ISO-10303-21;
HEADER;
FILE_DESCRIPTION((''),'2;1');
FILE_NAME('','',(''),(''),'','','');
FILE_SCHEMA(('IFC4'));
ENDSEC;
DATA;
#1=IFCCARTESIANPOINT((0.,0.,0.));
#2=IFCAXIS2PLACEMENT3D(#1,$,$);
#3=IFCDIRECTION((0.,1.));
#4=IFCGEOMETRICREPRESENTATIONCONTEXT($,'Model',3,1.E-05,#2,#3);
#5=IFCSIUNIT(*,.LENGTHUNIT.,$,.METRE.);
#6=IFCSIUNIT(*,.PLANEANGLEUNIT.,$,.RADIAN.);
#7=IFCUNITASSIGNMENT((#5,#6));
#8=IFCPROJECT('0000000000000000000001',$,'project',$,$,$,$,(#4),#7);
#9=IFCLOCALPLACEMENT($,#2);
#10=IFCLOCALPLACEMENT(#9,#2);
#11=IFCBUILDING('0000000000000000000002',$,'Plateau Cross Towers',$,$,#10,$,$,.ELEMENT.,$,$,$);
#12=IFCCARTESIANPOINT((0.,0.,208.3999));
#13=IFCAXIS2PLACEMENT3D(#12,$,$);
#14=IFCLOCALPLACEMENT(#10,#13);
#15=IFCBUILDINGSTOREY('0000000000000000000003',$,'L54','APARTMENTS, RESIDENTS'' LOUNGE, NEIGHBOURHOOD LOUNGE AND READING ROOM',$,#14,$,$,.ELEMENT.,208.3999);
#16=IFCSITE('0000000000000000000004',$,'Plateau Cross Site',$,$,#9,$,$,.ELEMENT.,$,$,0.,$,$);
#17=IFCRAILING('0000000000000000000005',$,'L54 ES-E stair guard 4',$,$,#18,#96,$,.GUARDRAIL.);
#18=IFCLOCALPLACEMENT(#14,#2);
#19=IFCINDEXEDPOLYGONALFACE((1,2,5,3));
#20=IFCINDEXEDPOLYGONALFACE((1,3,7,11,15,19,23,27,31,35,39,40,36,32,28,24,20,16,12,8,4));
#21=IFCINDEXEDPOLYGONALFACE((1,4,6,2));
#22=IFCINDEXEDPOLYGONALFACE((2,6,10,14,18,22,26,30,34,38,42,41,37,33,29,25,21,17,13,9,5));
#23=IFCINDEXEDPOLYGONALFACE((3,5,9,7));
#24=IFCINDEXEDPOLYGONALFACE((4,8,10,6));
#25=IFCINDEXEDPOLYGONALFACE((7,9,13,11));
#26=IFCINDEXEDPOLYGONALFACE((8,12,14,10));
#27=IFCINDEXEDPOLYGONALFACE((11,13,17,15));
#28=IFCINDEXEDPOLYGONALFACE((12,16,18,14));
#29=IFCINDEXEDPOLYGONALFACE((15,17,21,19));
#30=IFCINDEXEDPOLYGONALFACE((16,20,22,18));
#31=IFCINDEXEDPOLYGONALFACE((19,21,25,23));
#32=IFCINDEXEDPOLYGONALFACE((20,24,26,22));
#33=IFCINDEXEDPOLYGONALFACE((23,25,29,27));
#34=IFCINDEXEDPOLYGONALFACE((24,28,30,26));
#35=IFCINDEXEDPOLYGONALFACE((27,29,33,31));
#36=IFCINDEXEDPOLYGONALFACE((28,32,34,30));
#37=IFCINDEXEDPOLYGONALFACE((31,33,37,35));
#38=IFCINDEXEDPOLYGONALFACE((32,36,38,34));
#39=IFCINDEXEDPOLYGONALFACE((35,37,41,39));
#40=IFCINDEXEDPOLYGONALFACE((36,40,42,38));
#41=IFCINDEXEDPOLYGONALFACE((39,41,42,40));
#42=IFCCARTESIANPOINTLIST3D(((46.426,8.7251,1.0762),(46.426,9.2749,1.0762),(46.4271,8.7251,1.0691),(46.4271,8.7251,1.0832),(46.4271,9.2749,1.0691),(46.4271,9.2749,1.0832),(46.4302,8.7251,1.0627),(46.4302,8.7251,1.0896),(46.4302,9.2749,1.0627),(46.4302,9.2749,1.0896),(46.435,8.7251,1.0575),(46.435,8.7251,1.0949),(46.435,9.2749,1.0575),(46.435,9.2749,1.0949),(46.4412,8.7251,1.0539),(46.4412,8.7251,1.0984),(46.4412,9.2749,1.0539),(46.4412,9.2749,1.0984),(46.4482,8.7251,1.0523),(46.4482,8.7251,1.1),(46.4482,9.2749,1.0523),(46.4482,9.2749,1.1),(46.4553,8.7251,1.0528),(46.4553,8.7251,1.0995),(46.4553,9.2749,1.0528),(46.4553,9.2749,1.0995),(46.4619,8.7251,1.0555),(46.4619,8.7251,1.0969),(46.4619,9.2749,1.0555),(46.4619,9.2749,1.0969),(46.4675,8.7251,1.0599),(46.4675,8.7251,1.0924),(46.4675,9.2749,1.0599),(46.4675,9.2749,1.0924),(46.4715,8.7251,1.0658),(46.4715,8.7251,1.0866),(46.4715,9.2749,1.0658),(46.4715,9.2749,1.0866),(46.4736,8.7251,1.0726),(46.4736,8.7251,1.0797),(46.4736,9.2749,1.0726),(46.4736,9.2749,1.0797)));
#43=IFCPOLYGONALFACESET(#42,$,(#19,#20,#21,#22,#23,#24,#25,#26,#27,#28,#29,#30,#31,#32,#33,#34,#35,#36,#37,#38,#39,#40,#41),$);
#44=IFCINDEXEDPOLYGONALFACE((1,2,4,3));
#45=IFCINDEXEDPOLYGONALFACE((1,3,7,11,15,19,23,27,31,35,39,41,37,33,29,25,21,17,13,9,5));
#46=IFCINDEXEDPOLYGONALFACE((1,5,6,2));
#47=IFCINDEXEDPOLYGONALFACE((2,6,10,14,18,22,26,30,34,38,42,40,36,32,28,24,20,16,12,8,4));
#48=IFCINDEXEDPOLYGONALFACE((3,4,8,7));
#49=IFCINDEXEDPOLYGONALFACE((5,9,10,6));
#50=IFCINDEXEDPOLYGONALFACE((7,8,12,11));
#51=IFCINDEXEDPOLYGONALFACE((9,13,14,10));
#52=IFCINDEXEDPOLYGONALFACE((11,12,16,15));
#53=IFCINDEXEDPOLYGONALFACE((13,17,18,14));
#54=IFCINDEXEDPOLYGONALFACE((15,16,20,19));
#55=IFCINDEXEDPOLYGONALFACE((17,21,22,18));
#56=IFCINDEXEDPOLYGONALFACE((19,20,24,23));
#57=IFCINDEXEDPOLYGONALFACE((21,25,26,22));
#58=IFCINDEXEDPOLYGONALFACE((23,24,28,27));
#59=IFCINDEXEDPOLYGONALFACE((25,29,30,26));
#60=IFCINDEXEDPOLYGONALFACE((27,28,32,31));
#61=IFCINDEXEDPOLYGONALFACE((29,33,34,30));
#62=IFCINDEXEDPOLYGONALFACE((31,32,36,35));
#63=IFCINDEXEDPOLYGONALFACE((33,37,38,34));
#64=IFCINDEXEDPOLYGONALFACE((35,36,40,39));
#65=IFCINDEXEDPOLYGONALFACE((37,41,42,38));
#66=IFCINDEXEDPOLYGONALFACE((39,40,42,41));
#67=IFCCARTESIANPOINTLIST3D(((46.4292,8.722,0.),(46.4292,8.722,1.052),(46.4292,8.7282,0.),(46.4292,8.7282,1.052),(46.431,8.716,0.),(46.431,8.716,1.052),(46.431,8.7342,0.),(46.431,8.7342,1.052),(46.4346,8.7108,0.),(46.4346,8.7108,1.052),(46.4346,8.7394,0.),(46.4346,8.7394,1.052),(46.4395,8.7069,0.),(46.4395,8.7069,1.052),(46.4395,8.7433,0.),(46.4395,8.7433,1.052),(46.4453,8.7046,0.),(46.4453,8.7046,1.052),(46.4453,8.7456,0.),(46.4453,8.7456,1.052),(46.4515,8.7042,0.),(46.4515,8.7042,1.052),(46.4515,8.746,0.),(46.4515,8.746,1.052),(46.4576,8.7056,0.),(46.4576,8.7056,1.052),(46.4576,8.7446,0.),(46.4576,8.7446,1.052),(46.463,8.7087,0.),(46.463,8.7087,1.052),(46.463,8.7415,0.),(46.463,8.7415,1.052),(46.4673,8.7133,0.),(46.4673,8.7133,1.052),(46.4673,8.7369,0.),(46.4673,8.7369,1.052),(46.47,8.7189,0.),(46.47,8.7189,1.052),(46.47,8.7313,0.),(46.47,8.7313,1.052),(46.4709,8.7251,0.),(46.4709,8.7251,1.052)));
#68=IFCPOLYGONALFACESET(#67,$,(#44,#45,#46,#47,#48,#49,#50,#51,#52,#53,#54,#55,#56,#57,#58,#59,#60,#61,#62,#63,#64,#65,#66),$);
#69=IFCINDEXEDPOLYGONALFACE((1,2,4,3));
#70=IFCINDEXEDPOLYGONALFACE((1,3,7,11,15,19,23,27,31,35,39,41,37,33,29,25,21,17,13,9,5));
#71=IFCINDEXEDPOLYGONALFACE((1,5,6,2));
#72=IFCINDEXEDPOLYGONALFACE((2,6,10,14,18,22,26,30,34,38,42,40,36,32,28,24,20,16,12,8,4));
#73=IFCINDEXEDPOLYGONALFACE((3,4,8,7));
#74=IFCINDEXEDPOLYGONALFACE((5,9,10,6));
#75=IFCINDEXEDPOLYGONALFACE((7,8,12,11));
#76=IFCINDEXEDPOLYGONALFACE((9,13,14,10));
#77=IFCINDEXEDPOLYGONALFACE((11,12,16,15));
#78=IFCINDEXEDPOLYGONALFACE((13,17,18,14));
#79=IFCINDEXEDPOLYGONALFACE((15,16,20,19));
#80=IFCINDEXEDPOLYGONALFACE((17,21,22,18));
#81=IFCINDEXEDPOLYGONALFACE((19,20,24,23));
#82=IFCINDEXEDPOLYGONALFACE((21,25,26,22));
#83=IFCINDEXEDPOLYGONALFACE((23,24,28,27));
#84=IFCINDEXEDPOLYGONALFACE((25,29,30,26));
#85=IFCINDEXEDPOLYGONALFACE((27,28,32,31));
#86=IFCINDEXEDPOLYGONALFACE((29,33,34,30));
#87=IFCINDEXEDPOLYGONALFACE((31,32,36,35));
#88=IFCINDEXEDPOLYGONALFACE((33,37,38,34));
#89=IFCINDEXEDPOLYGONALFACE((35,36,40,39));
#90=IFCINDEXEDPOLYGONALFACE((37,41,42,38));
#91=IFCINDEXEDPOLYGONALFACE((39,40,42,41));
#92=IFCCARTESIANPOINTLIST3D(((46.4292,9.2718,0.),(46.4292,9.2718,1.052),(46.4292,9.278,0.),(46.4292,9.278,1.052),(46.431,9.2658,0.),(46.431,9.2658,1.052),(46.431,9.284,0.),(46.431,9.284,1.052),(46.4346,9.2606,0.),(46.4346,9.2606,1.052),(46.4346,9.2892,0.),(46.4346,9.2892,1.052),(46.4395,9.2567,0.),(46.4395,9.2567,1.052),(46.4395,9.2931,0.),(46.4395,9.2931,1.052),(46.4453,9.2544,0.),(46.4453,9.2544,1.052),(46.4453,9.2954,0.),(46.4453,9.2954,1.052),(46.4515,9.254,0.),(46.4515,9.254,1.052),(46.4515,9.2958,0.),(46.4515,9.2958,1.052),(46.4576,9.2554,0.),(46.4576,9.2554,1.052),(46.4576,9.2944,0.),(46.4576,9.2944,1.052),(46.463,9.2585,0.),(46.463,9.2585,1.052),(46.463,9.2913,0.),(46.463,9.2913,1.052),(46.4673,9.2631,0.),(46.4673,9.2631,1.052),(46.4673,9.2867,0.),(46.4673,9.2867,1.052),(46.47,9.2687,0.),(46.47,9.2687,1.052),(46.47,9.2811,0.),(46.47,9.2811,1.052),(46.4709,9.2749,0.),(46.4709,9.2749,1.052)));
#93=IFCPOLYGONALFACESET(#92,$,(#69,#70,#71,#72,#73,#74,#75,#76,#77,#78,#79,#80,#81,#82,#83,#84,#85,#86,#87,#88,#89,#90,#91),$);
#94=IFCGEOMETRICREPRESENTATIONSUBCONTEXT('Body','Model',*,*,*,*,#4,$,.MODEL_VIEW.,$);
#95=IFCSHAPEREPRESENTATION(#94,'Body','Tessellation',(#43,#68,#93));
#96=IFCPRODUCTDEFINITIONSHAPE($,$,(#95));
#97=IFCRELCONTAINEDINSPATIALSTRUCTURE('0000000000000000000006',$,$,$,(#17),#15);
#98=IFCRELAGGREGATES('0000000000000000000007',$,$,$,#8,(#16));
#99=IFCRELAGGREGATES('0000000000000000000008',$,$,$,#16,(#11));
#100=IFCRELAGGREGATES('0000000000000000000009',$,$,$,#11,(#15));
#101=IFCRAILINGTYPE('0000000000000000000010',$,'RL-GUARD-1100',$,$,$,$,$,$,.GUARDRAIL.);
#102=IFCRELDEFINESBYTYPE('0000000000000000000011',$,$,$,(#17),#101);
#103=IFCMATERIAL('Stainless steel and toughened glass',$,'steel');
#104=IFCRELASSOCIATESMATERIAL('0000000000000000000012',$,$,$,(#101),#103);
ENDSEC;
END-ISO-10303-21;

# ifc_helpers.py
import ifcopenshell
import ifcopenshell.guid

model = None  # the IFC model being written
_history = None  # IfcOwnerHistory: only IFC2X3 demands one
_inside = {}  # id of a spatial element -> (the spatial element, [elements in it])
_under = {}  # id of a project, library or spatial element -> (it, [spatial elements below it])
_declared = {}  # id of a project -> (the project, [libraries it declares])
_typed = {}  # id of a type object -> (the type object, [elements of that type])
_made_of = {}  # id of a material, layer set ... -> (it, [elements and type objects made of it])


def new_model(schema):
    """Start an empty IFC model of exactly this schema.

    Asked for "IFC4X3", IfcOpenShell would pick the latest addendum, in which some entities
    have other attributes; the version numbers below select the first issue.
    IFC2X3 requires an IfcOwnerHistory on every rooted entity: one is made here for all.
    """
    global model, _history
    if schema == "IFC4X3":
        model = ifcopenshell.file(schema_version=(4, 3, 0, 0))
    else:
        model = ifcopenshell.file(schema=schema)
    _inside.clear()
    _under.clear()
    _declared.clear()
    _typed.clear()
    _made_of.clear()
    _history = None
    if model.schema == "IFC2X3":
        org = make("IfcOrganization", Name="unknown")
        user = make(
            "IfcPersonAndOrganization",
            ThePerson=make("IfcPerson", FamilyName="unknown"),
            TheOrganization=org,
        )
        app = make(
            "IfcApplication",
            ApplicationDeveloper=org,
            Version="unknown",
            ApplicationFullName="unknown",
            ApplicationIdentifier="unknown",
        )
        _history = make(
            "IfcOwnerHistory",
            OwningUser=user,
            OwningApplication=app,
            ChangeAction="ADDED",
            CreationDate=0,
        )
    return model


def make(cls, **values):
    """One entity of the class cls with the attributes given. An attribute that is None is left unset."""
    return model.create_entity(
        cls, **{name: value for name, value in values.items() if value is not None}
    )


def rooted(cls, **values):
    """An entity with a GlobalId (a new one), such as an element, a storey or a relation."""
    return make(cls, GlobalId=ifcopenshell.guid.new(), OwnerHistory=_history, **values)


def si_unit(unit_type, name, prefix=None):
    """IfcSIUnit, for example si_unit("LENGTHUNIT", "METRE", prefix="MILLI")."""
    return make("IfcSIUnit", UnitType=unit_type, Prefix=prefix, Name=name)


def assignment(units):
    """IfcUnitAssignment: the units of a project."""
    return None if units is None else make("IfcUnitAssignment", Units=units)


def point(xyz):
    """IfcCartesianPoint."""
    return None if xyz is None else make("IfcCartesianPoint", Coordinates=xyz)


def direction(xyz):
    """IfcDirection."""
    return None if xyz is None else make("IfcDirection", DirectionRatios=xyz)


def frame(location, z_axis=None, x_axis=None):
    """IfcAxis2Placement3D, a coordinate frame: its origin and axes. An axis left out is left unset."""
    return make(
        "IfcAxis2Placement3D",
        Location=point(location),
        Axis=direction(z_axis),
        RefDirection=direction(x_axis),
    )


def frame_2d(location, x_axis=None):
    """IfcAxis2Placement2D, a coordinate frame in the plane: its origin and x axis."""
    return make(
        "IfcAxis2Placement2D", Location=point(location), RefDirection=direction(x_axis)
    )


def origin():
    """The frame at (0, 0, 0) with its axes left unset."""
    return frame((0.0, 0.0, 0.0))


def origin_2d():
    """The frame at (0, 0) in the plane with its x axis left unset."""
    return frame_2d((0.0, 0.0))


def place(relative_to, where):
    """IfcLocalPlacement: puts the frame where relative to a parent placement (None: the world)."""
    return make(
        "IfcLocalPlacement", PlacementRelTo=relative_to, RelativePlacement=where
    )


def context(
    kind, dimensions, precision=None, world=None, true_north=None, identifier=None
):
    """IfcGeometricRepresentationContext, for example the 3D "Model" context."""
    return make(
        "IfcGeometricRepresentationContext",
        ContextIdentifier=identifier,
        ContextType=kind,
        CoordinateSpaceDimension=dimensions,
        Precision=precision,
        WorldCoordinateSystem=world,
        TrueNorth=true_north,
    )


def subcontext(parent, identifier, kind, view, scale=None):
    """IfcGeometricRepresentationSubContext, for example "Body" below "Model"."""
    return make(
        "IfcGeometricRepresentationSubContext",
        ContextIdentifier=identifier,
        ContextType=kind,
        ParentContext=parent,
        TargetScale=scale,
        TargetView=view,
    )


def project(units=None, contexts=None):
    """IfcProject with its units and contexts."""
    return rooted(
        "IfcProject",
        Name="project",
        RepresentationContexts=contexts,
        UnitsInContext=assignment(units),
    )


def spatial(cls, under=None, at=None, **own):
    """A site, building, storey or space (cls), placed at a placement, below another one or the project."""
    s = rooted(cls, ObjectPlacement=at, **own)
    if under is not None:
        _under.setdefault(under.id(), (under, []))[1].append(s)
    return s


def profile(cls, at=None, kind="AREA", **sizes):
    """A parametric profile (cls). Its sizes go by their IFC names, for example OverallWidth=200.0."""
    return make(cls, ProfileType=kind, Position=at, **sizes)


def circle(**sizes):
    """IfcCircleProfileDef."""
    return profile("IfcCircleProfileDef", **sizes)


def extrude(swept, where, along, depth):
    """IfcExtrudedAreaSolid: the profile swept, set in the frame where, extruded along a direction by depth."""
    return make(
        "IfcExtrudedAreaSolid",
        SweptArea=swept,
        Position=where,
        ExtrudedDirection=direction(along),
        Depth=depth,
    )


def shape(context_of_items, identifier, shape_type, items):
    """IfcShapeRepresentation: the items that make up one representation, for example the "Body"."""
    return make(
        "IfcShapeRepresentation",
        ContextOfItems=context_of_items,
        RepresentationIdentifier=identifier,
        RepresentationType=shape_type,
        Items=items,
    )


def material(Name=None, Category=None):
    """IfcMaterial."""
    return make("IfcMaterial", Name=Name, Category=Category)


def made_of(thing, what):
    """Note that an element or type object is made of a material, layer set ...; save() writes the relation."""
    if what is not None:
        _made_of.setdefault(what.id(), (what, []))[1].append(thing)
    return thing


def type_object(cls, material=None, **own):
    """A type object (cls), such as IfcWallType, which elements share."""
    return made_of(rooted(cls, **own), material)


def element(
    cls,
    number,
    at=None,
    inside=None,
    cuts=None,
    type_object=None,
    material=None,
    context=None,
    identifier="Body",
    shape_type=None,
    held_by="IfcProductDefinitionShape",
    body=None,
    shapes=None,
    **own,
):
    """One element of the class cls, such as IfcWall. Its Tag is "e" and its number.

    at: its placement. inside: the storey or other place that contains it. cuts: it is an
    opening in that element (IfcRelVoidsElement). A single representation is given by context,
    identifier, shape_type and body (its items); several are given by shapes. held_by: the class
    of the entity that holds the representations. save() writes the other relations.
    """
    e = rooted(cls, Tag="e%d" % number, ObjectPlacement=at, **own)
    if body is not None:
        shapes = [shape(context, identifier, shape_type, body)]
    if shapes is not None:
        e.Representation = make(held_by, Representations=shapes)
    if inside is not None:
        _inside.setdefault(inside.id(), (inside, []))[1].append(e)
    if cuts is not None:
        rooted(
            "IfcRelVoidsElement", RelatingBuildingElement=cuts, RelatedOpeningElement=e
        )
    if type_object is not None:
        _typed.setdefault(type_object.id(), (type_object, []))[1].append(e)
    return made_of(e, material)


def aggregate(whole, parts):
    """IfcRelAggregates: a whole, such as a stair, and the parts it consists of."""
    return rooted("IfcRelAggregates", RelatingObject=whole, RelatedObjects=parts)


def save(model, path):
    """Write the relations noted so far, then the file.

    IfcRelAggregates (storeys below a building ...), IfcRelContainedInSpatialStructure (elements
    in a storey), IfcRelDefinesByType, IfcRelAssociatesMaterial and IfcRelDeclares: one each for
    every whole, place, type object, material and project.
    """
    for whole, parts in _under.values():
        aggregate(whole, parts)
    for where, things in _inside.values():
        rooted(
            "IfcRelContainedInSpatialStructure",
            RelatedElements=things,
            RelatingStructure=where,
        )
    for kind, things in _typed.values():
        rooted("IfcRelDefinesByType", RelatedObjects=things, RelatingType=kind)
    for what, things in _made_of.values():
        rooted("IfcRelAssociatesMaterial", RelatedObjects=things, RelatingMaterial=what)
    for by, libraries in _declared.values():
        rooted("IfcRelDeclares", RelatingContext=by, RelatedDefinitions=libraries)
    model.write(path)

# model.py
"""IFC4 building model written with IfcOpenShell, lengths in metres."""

from ifc_helpers import new_model, si_unit, direction, frame, origin, origin_2d, place, context, subcontext, project, spatial, circle, extrude, material, type_object, element, save


model = new_model("IFC4")

# Units and contexts
model_context = context("Model", 3, precision=1e-05, world=origin(), true_north=direction((0.0, 1.0)))
body_context = subcontext(model_context, "Body", "Model", "MODEL_VIEW")
ifc_project = project(units=[si_unit("LENGTHUNIT", "METRE"), si_unit("PLANEANGLEUNIT", "RADIAN")], contexts=[model_context])

# Site, building, storey
site_placement = place(None, origin())
site = spatial("IfcSite", under=ifc_project, at=site_placement, Name="Plateau Cross Site", CompositionType="ELEMENT", RefElevation=0.0)
building_placement = place(site_placement, origin())
building = spatial("IfcBuilding", under=site, at=building_placement, Name="Plateau Cross Towers", CompositionType="ELEMENT")
storey_placement = place(building_placement, frame((0.0, 0.0, 208.3999)))
storey = spatial("IfcBuildingStorey", under=building, at=storey_placement, Name="L54", Description="APARTMENTS, RESIDENTS' LOUNGE, NEIGHBOURHOOD LOUNGE AND READING ROOM", CompositionType="ELEMENT", Elevation=208.3999)

# Railing
ifc_material_1 = material(Name="Stainless steel and toughened glass", Category="steel")
railing_type_1 = type_object("IfcRailingType", Name="RL-GUARD-1100", PredefinedType="GUARDRAIL", material=ifc_material_1)
railing_1_placement = place(storey_placement, frame((46.45, 8.7251, 0.0)))
element("IfcRailing", 1, at=railing_1_placement, inside=storey, type_object=railing_type_1, Name="L54 ES-E stair guard 4", PredefinedType="GUARDRAIL", context=body_context, shape_type="SweptSolid", body=[
    extrude(circle(Radius=0.0239, at=origin_2d()), frame((0.0, 0.0, 1.0762), z_axis=(0.0, 1.0, 0.0), x_axis=(-1.0, 0.0, 0.0)), (0.0, 0.0, 1.0), 0.5498),
    extrude(circle(Radius=0.021, at=origin_2d()), origin(), (0.0, 0.0, 1.0), 1.052),
    extrude(circle(Radius=0.021, at=origin_2d()), frame((0.0, 0.5498, 0.0)), (0.0, 0.0, 1.0), 1.052),
])

save(model, "model.ifc")
